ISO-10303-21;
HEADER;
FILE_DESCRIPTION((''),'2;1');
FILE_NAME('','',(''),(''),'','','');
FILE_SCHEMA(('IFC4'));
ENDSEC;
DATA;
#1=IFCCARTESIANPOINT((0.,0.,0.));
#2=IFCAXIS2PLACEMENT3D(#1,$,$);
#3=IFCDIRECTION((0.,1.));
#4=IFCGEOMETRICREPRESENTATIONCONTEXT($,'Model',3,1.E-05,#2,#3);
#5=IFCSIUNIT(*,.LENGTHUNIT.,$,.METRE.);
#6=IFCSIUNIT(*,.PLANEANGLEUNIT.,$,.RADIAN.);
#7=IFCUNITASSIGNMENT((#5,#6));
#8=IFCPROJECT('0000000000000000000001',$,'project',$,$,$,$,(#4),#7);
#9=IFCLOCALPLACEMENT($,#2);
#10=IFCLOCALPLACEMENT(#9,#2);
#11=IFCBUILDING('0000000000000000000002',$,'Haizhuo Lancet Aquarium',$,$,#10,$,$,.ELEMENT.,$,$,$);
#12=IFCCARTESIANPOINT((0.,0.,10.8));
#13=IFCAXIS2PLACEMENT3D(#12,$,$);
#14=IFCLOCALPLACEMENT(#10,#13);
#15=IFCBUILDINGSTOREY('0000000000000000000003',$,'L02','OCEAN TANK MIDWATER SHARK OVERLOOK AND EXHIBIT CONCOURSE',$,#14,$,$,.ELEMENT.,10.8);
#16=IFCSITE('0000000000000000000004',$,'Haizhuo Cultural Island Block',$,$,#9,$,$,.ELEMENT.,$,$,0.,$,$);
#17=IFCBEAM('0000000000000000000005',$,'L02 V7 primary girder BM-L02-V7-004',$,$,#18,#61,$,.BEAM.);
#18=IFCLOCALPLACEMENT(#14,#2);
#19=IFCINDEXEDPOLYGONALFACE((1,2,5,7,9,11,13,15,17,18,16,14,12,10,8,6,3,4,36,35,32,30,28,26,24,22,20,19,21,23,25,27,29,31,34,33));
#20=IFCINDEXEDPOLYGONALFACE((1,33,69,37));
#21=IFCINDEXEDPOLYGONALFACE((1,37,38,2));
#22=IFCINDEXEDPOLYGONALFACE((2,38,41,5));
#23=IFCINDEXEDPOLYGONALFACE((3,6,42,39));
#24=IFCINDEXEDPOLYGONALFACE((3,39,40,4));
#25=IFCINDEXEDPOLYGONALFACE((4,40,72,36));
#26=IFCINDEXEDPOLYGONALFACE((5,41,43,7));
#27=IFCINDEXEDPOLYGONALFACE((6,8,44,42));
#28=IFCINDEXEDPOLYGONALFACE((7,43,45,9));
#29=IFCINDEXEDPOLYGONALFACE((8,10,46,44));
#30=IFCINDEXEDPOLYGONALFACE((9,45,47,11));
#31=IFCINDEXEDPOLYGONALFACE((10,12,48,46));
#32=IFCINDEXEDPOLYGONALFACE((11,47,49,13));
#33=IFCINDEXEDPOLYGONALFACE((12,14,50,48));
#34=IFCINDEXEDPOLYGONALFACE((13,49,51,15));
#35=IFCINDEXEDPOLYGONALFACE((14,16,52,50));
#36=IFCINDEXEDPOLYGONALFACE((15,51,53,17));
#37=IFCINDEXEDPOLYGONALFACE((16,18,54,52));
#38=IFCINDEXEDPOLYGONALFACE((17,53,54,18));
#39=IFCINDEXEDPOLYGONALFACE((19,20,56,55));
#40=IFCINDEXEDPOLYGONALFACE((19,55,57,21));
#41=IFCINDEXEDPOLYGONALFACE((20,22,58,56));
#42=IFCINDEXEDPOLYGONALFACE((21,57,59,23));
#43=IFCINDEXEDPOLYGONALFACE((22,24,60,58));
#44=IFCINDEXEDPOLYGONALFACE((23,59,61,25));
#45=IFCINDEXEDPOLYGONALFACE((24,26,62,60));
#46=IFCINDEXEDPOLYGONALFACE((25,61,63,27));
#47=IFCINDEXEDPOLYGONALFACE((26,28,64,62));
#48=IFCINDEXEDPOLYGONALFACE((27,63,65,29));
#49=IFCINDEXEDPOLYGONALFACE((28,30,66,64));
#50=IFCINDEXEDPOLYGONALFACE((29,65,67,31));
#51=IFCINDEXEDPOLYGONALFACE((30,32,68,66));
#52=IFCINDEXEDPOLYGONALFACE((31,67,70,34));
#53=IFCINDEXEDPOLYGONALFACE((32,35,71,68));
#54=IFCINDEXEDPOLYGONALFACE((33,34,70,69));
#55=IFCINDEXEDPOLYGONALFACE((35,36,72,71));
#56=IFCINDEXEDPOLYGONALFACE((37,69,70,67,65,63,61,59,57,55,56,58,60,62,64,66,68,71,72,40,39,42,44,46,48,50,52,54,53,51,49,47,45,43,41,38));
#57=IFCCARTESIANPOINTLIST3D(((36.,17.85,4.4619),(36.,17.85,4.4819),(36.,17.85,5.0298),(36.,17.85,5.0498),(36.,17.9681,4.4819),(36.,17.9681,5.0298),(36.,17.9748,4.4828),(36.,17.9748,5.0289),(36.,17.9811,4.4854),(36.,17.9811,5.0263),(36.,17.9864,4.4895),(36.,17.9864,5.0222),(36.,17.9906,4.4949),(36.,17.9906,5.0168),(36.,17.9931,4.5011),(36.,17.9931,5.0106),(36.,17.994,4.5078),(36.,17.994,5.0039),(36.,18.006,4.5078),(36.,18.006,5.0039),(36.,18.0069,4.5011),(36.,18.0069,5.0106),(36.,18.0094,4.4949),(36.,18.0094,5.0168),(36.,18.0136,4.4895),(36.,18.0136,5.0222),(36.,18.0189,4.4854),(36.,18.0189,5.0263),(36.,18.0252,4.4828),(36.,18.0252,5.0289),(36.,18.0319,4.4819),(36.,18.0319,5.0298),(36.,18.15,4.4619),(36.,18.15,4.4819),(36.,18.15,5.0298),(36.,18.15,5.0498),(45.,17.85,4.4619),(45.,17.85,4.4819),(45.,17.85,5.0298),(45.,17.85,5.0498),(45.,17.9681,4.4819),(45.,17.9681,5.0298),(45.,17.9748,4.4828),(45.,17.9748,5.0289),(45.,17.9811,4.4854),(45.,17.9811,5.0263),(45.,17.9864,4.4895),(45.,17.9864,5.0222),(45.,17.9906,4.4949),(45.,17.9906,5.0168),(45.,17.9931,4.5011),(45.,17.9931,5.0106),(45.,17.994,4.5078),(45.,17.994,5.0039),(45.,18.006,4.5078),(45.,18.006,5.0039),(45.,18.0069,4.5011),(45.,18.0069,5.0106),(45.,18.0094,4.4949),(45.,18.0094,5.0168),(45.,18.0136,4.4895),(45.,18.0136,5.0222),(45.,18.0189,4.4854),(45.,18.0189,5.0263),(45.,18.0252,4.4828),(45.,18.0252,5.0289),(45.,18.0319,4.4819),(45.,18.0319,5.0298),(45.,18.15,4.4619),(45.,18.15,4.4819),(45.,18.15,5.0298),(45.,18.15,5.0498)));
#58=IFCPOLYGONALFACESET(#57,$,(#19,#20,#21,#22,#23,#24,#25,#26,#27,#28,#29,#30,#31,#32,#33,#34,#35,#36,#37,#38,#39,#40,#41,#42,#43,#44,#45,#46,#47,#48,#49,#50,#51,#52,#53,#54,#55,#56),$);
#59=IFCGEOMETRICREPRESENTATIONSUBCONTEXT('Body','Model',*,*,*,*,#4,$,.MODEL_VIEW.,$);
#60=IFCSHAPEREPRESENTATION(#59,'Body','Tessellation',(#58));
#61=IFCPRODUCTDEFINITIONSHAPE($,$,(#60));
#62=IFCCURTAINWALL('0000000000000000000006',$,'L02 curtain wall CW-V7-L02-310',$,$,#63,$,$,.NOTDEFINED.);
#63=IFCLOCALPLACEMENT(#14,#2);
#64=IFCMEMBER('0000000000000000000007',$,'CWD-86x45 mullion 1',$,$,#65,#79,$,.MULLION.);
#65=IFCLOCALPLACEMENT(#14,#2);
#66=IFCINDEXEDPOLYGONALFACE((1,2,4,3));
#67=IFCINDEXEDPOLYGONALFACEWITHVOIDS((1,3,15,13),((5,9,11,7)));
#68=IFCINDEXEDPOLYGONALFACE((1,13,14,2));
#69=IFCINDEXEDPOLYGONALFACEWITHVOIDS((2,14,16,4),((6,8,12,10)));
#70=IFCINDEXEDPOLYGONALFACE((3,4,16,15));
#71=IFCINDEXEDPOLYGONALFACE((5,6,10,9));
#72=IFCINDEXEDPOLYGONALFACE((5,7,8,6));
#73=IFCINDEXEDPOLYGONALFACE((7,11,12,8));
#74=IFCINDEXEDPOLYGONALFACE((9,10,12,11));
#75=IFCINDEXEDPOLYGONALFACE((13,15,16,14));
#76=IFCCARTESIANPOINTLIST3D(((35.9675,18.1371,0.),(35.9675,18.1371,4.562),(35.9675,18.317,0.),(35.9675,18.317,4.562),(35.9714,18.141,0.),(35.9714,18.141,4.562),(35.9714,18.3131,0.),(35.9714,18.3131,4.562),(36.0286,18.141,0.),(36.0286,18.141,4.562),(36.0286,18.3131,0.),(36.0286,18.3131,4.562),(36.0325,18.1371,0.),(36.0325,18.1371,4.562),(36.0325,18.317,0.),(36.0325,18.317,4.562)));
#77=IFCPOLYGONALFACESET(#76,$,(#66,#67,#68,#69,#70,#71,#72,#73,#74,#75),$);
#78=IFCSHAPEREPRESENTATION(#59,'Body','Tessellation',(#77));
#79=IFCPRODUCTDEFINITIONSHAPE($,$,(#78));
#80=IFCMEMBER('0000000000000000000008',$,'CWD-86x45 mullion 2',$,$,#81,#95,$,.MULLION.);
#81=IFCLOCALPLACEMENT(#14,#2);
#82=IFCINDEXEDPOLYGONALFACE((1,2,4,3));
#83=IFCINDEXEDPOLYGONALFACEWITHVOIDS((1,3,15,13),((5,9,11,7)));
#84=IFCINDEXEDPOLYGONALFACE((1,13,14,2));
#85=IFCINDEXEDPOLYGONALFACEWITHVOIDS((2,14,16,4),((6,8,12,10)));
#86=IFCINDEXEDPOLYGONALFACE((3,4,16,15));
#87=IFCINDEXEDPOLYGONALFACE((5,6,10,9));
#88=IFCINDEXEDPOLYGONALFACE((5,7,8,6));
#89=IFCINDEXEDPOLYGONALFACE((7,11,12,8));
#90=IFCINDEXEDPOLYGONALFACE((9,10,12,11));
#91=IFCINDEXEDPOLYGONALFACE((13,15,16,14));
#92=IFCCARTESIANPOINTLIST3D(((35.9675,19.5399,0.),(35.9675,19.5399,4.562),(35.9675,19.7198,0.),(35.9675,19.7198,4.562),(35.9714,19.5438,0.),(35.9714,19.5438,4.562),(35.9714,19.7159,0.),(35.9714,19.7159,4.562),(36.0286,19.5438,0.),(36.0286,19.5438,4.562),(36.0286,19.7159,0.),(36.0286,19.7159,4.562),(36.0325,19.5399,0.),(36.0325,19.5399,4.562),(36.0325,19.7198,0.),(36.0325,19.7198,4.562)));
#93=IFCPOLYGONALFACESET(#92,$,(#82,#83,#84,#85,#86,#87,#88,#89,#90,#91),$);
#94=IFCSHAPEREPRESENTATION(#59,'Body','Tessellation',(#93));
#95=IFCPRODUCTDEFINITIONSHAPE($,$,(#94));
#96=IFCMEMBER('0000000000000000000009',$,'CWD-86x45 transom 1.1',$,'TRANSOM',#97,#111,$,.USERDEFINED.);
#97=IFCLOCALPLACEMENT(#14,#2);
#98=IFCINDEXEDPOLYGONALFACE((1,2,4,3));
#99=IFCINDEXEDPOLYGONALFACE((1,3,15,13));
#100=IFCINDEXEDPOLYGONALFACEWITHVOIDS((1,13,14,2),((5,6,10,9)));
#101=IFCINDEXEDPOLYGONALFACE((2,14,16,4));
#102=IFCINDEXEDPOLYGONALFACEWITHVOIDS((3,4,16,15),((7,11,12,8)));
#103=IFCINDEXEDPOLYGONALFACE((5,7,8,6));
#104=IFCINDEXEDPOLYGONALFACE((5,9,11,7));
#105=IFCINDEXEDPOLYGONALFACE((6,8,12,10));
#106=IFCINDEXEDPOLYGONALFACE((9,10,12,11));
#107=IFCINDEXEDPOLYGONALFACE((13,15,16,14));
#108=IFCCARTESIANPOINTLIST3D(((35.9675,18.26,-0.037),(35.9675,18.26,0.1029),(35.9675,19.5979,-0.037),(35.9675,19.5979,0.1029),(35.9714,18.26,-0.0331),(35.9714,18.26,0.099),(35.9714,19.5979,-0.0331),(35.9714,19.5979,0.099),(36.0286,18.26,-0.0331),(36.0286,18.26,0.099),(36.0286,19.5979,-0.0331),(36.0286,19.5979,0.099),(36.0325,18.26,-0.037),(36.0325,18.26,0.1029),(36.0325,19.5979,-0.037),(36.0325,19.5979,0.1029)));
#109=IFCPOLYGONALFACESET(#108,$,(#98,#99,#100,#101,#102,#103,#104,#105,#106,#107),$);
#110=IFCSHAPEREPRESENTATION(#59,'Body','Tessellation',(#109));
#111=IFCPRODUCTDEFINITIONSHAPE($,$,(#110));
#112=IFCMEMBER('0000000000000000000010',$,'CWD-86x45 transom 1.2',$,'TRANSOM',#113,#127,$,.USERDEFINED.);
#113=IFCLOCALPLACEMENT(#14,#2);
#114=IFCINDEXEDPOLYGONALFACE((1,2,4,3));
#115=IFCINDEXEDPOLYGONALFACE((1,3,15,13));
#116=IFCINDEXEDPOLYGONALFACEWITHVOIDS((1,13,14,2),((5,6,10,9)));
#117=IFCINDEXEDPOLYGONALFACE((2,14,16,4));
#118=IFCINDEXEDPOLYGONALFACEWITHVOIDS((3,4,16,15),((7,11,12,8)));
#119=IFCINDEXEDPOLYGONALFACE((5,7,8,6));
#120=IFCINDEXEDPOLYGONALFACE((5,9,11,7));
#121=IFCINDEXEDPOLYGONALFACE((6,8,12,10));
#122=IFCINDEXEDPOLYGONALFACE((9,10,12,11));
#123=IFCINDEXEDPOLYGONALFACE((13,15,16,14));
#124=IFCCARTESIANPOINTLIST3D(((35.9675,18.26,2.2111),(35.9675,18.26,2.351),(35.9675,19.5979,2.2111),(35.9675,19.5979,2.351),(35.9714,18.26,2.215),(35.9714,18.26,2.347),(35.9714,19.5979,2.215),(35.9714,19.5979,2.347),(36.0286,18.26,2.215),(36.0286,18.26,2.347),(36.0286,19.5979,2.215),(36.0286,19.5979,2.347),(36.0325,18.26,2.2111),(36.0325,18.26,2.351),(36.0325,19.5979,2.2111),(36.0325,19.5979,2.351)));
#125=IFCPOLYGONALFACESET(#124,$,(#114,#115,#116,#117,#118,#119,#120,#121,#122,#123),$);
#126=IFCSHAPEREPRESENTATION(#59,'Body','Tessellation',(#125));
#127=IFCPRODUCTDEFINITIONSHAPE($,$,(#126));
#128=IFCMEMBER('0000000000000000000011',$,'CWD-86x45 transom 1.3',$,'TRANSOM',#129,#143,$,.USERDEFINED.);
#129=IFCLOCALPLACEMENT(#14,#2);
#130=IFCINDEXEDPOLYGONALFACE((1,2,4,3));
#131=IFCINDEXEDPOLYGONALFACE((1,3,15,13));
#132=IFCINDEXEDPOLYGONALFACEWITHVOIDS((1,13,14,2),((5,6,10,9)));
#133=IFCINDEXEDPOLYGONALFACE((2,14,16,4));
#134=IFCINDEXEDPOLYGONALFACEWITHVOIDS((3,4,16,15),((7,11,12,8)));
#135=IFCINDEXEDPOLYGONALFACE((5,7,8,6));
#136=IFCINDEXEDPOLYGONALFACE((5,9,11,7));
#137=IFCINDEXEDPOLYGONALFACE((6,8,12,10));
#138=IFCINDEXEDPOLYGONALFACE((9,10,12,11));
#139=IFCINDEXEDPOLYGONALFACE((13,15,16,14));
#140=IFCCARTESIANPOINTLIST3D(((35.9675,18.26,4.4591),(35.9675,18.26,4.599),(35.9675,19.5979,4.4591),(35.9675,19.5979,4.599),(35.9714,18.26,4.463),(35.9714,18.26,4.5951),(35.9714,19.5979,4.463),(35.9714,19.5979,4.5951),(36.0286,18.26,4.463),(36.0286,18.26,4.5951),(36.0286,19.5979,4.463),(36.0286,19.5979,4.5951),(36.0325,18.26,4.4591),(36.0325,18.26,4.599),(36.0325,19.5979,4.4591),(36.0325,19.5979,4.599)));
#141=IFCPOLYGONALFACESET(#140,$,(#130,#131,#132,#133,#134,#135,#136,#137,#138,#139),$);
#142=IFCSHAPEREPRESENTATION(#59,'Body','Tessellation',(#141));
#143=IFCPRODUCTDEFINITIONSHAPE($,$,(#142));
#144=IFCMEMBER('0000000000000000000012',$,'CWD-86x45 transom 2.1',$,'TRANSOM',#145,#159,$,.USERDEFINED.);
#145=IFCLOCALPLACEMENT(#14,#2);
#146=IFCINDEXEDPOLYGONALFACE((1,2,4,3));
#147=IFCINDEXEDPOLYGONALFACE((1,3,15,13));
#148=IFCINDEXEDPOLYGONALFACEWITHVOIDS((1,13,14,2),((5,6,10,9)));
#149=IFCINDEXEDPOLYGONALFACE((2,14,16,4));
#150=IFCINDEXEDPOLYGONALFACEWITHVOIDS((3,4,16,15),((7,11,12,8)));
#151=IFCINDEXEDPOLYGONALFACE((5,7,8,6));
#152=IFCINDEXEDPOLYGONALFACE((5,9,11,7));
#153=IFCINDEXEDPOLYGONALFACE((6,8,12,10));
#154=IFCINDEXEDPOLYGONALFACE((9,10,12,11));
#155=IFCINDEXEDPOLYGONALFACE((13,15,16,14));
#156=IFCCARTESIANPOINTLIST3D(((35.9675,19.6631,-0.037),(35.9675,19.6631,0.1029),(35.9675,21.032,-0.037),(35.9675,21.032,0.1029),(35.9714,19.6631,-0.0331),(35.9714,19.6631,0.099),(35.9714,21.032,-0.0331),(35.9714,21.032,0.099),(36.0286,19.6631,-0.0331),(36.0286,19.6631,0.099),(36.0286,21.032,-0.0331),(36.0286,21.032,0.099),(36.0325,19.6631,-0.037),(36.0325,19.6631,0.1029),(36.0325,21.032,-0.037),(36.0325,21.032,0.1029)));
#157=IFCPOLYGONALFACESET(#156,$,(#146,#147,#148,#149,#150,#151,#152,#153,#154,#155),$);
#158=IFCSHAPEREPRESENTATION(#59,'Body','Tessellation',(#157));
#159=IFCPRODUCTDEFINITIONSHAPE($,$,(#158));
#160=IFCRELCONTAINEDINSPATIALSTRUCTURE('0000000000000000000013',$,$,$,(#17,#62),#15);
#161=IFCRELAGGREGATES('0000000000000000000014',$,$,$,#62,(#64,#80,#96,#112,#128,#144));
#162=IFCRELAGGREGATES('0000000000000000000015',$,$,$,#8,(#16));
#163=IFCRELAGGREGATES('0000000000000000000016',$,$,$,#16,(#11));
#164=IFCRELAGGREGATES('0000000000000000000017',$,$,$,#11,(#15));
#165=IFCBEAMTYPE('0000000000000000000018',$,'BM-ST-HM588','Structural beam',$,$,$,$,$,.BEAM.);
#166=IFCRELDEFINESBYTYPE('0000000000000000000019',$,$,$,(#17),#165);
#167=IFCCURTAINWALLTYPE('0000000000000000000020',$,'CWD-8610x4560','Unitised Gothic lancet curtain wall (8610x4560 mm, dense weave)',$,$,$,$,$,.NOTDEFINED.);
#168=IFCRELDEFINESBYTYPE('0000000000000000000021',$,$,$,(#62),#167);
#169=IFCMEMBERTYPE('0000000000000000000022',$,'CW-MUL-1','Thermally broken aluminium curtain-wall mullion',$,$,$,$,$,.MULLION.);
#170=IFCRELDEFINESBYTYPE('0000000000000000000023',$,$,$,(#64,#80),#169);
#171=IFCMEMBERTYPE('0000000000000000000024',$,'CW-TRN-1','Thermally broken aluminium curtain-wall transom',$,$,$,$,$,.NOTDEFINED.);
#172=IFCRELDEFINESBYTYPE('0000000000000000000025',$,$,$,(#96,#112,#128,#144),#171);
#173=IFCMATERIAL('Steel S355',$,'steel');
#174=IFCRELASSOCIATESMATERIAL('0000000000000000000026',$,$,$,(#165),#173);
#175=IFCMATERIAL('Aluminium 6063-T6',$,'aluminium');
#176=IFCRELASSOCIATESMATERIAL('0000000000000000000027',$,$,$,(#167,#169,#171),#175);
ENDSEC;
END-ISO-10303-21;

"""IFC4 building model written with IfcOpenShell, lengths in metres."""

from ifc_helpers import new_model, si_unit, direction, frame, origin, origin_2d, place, context, subcontext, project, spatial, hollow_rectangle, i_section, extrude, material, material_profile, profile_set, type_object, element, aggregate, save


model = new_model("IFC4")

# Units and contexts
model_context = context("Model", 3, precision=1e-05, world=origin(), true_north=direction((0.0, 1.0)))
body_context = subcontext(model_context, "Body", "Model", "MODEL_VIEW")
ifc_project = project(units=[si_unit("LENGTHUNIT", "METRE"), si_unit("PLANEANGLEUNIT", "RADIAN")], contexts=[model_context])

# Site, building, storey
site_placement = place(None, origin())
site = spatial("IfcSite", under=ifc_project, at=site_placement, Name="Haizhuo Cultural Island Block", CompositionType="ELEMENT", RefElevation=0.0)
building_placement = place(site_placement, origin())
building = spatial("IfcBuilding", under=site, at=building_placement, Name="Haizhuo Lancet Aquarium", CompositionType="ELEMENT")
storey_placement = place(building_placement, frame((0.0, 0.0, 10.8)))
storey = spatial("IfcBuildingStorey", under=building, at=storey_placement, Name="L02", Description="OCEAN TANK MIDWATER SHARK OVERLOOK AND EXHIBIT CONCOURSE", CompositionType="ELEMENT", Elevation=10.8)

# Beam
ifc_material_1 = material(Name="Steel S355", Category="steel")
ifc_material_profile_1 = material_profile(ifc_material_1, i_section(OverallWidth=0.3, OverallDepth=0.5879, WebThickness=0.012, FlangeThickness=0.02, FilletRadius=0.0259, at=origin_2d()), Name="HM 588x300x12x20")
ifc_profile_set_1 = profile_set([ifc_material_profile_1], Name="Steel S355")
beam_type_1 = type_object("IfcBeamType", Name="BM-ST-HM588", Description="Structural beam", PredefinedType="BEAM", material=ifc_profile_set_1)
beam_1_placement = place(storey_placement, frame((36.0, 18.0, 4.7559), z_axis=(1.0, 0.0, 0.0), x_axis=(0.0, 1.0, 0.0)))
element("IfcBeam", 1, at=beam_1_placement, inside=storey, type_object=beam_type_1, Name="L02 V7 primary girder BM-L02-V7-004", PredefinedType="BEAM", context=body_context, shape_type="SweptSolid", body=[
    extrude(i_section(OverallWidth=0.3, OverallDepth=0.5879, WebThickness=0.012, FlangeThickness=0.02, FilletRadius=0.0259, at=origin_2d()), origin(), (0.0, 0.0, 1.0), 9.0),
])

# Curtain wall, members
ifc_material_2 = material(Name="Aluminium 6063-T6", Category="aluminium")
curtain_wall_type = type_object("IfcCurtainWallType", Name="CWD-8610x4560", Description="Unitised Gothic lancet curtain wall (8610x4560 mm, dense weave)", PredefinedType="NOTDEFINED", material=ifc_material_2)
curtain_wall_placement = place(storey_placement, origin())
curtain_wall = element("IfcCurtainWall", 2, at=curtain_wall_placement, inside=storey, type_object=curtain_wall_type, Name="L02 curtain wall CW-V7-L02-310", PredefinedType="NOTDEFINED")
ifc_material_profile_2 = material_profile(ifc_material_2, hollow_rectangle(XDim=0.0649, YDim=0.1799, WallThickness=0.0039, at=origin_2d()), Name="ALU-M 65x180x4")
ifc_profile_set_2 = profile_set([ifc_material_profile_2], Name="Aluminium 6063-T6")
member_type_1 = type_object("IfcMemberType", Name="CW-MUL-1", Description="Thermally broken aluminium curtain-wall mullion", PredefinedType="MULLION", material=ifc_profile_set_2)
member_1_placement = place(storey_placement, frame((36.0, 18.2271, 0.0), z_axis=(0.0, 0.0, 1.0), x_axis=(-1.0, 0.0, 0.0)))
member_1 = element("IfcMember", 3, at=member_1_placement, type_object=member_type_1, Name="CWD-86x45 mullion 1", PredefinedType="MULLION", context=body_context, shape_type="SweptSolid", body=[
    extrude(hollow_rectangle(XDim=0.0649, YDim=0.1799, WallThickness=0.0039, at=origin_2d()), origin(), (0.0, 0.0, 1.0), 4.562),
])
member_2_placement = place(storey_placement, frame((36.0, 19.6299, 0.0), z_axis=(0.0, 0.0, 1.0), x_axis=(-1.0, 0.0, 0.0)))
member_2 = element("IfcMember", 4, at=member_2_placement, type_object=member_type_1, Name="CWD-86x45 mullion 2", PredefinedType="MULLION", context=body_context, shape_type="SweptSolid", body=[
    extrude(hollow_rectangle(XDim=0.0649, YDim=0.1799, WallThickness=0.0039, at=origin_2d()), origin(), (0.0, 0.0, 1.0), 4.562),
])
ifc_material_profile_3 = material_profile(ifc_material_2, hollow_rectangle(XDim=0.0649, YDim=0.1399, WallThickness=0.0039, at=origin_2d()), Name="ALU-T 65x140x4")
ifc_profile_set_3 = profile_set([ifc_material_profile_3], Name="Aluminium 6063-T6")
member_type_2 = type_object("IfcMemberType", Name="CW-TRN-1", Description="Thermally broken aluminium curtain-wall transom", PredefinedType="NOTDEFINED", material=ifc_profile_set_3)
member_3_placement = place(storey_placement, frame((36.0, 18.26, 0.033), z_axis=(0.0, 1.0, 0.0), x_axis=(-1.0, 0.0, 0.0)))
member_3 = element("IfcMember", 5, at=member_3_placement, type_object=member_type_2, Name="CWD-86x45 transom 1.1", ObjectType="TRANSOM", PredefinedType="USERDEFINED", context=body_context, shape_type="SweptSolid", body=[
    extrude(hollow_rectangle(XDim=0.0649, YDim=0.1399, WallThickness=0.0039, at=origin_2d()), origin(), (0.0, 0.0, 1.0), 1.3379),
])
member_4_placement = place(storey_placement, frame((36.0, 18.26, 2.281), z_axis=(0.0, 1.0, 0.0), x_axis=(-1.0, 0.0, 0.0)))
member_4 = element("IfcMember", 6, at=member_4_placement, type_object=member_type_2, Name="CWD-86x45 transom 1.2", ObjectType="TRANSOM", PredefinedType="USERDEFINED", context=body_context, shape_type="SweptSolid", body=[
    extrude(hollow_rectangle(XDim=0.0649, YDim=0.1399, WallThickness=0.0039, at=origin_2d()), origin(), (0.0, 0.0, 1.0), 1.3379),
])
member_5_placement = place(storey_placement, frame((36.0, 18.26, 4.5291), z_axis=(0.0, 1.0, 0.0), x_axis=(-1.0, 0.0, 0.0)))
member_5 = element("IfcMember", 7, at=member_5_placement, type_object=member_type_2, Name="CWD-86x45 transom 1.3", ObjectType="TRANSOM", PredefinedType="USERDEFINED", context=body_context, shape_type="SweptSolid", body=[
    extrude(hollow_rectangle(XDim=0.0649, YDim=0.1399, WallThickness=0.0039, at=origin_2d()), origin(), (0.0, 0.0, 1.0), 1.3379),
])
member_6_placement = place(storey_placement, frame((36.0, 19.6631, 0.033), z_axis=(0.0, 1.0, 0.0), x_axis=(-1.0, 0.0, 0.0)))
member_6 = element("IfcMember", 8, at=member_6_placement, type_object=member_type_2, Name="CWD-86x45 transom 2.1", ObjectType="TRANSOM", PredefinedType="USERDEFINED", context=body_context, shape_type="SweptSolid", body=[
    extrude(hollow_rectangle(XDim=0.0649, YDim=0.1399, WallThickness=0.0039, at=origin_2d()), origin(), (0.0, 0.0, 1.0), 1.3689),
])

aggregate(curtain_wall, [member_1, member_2, member_3, member_4, member_5, member_6])

save(model, "model.ifc")
